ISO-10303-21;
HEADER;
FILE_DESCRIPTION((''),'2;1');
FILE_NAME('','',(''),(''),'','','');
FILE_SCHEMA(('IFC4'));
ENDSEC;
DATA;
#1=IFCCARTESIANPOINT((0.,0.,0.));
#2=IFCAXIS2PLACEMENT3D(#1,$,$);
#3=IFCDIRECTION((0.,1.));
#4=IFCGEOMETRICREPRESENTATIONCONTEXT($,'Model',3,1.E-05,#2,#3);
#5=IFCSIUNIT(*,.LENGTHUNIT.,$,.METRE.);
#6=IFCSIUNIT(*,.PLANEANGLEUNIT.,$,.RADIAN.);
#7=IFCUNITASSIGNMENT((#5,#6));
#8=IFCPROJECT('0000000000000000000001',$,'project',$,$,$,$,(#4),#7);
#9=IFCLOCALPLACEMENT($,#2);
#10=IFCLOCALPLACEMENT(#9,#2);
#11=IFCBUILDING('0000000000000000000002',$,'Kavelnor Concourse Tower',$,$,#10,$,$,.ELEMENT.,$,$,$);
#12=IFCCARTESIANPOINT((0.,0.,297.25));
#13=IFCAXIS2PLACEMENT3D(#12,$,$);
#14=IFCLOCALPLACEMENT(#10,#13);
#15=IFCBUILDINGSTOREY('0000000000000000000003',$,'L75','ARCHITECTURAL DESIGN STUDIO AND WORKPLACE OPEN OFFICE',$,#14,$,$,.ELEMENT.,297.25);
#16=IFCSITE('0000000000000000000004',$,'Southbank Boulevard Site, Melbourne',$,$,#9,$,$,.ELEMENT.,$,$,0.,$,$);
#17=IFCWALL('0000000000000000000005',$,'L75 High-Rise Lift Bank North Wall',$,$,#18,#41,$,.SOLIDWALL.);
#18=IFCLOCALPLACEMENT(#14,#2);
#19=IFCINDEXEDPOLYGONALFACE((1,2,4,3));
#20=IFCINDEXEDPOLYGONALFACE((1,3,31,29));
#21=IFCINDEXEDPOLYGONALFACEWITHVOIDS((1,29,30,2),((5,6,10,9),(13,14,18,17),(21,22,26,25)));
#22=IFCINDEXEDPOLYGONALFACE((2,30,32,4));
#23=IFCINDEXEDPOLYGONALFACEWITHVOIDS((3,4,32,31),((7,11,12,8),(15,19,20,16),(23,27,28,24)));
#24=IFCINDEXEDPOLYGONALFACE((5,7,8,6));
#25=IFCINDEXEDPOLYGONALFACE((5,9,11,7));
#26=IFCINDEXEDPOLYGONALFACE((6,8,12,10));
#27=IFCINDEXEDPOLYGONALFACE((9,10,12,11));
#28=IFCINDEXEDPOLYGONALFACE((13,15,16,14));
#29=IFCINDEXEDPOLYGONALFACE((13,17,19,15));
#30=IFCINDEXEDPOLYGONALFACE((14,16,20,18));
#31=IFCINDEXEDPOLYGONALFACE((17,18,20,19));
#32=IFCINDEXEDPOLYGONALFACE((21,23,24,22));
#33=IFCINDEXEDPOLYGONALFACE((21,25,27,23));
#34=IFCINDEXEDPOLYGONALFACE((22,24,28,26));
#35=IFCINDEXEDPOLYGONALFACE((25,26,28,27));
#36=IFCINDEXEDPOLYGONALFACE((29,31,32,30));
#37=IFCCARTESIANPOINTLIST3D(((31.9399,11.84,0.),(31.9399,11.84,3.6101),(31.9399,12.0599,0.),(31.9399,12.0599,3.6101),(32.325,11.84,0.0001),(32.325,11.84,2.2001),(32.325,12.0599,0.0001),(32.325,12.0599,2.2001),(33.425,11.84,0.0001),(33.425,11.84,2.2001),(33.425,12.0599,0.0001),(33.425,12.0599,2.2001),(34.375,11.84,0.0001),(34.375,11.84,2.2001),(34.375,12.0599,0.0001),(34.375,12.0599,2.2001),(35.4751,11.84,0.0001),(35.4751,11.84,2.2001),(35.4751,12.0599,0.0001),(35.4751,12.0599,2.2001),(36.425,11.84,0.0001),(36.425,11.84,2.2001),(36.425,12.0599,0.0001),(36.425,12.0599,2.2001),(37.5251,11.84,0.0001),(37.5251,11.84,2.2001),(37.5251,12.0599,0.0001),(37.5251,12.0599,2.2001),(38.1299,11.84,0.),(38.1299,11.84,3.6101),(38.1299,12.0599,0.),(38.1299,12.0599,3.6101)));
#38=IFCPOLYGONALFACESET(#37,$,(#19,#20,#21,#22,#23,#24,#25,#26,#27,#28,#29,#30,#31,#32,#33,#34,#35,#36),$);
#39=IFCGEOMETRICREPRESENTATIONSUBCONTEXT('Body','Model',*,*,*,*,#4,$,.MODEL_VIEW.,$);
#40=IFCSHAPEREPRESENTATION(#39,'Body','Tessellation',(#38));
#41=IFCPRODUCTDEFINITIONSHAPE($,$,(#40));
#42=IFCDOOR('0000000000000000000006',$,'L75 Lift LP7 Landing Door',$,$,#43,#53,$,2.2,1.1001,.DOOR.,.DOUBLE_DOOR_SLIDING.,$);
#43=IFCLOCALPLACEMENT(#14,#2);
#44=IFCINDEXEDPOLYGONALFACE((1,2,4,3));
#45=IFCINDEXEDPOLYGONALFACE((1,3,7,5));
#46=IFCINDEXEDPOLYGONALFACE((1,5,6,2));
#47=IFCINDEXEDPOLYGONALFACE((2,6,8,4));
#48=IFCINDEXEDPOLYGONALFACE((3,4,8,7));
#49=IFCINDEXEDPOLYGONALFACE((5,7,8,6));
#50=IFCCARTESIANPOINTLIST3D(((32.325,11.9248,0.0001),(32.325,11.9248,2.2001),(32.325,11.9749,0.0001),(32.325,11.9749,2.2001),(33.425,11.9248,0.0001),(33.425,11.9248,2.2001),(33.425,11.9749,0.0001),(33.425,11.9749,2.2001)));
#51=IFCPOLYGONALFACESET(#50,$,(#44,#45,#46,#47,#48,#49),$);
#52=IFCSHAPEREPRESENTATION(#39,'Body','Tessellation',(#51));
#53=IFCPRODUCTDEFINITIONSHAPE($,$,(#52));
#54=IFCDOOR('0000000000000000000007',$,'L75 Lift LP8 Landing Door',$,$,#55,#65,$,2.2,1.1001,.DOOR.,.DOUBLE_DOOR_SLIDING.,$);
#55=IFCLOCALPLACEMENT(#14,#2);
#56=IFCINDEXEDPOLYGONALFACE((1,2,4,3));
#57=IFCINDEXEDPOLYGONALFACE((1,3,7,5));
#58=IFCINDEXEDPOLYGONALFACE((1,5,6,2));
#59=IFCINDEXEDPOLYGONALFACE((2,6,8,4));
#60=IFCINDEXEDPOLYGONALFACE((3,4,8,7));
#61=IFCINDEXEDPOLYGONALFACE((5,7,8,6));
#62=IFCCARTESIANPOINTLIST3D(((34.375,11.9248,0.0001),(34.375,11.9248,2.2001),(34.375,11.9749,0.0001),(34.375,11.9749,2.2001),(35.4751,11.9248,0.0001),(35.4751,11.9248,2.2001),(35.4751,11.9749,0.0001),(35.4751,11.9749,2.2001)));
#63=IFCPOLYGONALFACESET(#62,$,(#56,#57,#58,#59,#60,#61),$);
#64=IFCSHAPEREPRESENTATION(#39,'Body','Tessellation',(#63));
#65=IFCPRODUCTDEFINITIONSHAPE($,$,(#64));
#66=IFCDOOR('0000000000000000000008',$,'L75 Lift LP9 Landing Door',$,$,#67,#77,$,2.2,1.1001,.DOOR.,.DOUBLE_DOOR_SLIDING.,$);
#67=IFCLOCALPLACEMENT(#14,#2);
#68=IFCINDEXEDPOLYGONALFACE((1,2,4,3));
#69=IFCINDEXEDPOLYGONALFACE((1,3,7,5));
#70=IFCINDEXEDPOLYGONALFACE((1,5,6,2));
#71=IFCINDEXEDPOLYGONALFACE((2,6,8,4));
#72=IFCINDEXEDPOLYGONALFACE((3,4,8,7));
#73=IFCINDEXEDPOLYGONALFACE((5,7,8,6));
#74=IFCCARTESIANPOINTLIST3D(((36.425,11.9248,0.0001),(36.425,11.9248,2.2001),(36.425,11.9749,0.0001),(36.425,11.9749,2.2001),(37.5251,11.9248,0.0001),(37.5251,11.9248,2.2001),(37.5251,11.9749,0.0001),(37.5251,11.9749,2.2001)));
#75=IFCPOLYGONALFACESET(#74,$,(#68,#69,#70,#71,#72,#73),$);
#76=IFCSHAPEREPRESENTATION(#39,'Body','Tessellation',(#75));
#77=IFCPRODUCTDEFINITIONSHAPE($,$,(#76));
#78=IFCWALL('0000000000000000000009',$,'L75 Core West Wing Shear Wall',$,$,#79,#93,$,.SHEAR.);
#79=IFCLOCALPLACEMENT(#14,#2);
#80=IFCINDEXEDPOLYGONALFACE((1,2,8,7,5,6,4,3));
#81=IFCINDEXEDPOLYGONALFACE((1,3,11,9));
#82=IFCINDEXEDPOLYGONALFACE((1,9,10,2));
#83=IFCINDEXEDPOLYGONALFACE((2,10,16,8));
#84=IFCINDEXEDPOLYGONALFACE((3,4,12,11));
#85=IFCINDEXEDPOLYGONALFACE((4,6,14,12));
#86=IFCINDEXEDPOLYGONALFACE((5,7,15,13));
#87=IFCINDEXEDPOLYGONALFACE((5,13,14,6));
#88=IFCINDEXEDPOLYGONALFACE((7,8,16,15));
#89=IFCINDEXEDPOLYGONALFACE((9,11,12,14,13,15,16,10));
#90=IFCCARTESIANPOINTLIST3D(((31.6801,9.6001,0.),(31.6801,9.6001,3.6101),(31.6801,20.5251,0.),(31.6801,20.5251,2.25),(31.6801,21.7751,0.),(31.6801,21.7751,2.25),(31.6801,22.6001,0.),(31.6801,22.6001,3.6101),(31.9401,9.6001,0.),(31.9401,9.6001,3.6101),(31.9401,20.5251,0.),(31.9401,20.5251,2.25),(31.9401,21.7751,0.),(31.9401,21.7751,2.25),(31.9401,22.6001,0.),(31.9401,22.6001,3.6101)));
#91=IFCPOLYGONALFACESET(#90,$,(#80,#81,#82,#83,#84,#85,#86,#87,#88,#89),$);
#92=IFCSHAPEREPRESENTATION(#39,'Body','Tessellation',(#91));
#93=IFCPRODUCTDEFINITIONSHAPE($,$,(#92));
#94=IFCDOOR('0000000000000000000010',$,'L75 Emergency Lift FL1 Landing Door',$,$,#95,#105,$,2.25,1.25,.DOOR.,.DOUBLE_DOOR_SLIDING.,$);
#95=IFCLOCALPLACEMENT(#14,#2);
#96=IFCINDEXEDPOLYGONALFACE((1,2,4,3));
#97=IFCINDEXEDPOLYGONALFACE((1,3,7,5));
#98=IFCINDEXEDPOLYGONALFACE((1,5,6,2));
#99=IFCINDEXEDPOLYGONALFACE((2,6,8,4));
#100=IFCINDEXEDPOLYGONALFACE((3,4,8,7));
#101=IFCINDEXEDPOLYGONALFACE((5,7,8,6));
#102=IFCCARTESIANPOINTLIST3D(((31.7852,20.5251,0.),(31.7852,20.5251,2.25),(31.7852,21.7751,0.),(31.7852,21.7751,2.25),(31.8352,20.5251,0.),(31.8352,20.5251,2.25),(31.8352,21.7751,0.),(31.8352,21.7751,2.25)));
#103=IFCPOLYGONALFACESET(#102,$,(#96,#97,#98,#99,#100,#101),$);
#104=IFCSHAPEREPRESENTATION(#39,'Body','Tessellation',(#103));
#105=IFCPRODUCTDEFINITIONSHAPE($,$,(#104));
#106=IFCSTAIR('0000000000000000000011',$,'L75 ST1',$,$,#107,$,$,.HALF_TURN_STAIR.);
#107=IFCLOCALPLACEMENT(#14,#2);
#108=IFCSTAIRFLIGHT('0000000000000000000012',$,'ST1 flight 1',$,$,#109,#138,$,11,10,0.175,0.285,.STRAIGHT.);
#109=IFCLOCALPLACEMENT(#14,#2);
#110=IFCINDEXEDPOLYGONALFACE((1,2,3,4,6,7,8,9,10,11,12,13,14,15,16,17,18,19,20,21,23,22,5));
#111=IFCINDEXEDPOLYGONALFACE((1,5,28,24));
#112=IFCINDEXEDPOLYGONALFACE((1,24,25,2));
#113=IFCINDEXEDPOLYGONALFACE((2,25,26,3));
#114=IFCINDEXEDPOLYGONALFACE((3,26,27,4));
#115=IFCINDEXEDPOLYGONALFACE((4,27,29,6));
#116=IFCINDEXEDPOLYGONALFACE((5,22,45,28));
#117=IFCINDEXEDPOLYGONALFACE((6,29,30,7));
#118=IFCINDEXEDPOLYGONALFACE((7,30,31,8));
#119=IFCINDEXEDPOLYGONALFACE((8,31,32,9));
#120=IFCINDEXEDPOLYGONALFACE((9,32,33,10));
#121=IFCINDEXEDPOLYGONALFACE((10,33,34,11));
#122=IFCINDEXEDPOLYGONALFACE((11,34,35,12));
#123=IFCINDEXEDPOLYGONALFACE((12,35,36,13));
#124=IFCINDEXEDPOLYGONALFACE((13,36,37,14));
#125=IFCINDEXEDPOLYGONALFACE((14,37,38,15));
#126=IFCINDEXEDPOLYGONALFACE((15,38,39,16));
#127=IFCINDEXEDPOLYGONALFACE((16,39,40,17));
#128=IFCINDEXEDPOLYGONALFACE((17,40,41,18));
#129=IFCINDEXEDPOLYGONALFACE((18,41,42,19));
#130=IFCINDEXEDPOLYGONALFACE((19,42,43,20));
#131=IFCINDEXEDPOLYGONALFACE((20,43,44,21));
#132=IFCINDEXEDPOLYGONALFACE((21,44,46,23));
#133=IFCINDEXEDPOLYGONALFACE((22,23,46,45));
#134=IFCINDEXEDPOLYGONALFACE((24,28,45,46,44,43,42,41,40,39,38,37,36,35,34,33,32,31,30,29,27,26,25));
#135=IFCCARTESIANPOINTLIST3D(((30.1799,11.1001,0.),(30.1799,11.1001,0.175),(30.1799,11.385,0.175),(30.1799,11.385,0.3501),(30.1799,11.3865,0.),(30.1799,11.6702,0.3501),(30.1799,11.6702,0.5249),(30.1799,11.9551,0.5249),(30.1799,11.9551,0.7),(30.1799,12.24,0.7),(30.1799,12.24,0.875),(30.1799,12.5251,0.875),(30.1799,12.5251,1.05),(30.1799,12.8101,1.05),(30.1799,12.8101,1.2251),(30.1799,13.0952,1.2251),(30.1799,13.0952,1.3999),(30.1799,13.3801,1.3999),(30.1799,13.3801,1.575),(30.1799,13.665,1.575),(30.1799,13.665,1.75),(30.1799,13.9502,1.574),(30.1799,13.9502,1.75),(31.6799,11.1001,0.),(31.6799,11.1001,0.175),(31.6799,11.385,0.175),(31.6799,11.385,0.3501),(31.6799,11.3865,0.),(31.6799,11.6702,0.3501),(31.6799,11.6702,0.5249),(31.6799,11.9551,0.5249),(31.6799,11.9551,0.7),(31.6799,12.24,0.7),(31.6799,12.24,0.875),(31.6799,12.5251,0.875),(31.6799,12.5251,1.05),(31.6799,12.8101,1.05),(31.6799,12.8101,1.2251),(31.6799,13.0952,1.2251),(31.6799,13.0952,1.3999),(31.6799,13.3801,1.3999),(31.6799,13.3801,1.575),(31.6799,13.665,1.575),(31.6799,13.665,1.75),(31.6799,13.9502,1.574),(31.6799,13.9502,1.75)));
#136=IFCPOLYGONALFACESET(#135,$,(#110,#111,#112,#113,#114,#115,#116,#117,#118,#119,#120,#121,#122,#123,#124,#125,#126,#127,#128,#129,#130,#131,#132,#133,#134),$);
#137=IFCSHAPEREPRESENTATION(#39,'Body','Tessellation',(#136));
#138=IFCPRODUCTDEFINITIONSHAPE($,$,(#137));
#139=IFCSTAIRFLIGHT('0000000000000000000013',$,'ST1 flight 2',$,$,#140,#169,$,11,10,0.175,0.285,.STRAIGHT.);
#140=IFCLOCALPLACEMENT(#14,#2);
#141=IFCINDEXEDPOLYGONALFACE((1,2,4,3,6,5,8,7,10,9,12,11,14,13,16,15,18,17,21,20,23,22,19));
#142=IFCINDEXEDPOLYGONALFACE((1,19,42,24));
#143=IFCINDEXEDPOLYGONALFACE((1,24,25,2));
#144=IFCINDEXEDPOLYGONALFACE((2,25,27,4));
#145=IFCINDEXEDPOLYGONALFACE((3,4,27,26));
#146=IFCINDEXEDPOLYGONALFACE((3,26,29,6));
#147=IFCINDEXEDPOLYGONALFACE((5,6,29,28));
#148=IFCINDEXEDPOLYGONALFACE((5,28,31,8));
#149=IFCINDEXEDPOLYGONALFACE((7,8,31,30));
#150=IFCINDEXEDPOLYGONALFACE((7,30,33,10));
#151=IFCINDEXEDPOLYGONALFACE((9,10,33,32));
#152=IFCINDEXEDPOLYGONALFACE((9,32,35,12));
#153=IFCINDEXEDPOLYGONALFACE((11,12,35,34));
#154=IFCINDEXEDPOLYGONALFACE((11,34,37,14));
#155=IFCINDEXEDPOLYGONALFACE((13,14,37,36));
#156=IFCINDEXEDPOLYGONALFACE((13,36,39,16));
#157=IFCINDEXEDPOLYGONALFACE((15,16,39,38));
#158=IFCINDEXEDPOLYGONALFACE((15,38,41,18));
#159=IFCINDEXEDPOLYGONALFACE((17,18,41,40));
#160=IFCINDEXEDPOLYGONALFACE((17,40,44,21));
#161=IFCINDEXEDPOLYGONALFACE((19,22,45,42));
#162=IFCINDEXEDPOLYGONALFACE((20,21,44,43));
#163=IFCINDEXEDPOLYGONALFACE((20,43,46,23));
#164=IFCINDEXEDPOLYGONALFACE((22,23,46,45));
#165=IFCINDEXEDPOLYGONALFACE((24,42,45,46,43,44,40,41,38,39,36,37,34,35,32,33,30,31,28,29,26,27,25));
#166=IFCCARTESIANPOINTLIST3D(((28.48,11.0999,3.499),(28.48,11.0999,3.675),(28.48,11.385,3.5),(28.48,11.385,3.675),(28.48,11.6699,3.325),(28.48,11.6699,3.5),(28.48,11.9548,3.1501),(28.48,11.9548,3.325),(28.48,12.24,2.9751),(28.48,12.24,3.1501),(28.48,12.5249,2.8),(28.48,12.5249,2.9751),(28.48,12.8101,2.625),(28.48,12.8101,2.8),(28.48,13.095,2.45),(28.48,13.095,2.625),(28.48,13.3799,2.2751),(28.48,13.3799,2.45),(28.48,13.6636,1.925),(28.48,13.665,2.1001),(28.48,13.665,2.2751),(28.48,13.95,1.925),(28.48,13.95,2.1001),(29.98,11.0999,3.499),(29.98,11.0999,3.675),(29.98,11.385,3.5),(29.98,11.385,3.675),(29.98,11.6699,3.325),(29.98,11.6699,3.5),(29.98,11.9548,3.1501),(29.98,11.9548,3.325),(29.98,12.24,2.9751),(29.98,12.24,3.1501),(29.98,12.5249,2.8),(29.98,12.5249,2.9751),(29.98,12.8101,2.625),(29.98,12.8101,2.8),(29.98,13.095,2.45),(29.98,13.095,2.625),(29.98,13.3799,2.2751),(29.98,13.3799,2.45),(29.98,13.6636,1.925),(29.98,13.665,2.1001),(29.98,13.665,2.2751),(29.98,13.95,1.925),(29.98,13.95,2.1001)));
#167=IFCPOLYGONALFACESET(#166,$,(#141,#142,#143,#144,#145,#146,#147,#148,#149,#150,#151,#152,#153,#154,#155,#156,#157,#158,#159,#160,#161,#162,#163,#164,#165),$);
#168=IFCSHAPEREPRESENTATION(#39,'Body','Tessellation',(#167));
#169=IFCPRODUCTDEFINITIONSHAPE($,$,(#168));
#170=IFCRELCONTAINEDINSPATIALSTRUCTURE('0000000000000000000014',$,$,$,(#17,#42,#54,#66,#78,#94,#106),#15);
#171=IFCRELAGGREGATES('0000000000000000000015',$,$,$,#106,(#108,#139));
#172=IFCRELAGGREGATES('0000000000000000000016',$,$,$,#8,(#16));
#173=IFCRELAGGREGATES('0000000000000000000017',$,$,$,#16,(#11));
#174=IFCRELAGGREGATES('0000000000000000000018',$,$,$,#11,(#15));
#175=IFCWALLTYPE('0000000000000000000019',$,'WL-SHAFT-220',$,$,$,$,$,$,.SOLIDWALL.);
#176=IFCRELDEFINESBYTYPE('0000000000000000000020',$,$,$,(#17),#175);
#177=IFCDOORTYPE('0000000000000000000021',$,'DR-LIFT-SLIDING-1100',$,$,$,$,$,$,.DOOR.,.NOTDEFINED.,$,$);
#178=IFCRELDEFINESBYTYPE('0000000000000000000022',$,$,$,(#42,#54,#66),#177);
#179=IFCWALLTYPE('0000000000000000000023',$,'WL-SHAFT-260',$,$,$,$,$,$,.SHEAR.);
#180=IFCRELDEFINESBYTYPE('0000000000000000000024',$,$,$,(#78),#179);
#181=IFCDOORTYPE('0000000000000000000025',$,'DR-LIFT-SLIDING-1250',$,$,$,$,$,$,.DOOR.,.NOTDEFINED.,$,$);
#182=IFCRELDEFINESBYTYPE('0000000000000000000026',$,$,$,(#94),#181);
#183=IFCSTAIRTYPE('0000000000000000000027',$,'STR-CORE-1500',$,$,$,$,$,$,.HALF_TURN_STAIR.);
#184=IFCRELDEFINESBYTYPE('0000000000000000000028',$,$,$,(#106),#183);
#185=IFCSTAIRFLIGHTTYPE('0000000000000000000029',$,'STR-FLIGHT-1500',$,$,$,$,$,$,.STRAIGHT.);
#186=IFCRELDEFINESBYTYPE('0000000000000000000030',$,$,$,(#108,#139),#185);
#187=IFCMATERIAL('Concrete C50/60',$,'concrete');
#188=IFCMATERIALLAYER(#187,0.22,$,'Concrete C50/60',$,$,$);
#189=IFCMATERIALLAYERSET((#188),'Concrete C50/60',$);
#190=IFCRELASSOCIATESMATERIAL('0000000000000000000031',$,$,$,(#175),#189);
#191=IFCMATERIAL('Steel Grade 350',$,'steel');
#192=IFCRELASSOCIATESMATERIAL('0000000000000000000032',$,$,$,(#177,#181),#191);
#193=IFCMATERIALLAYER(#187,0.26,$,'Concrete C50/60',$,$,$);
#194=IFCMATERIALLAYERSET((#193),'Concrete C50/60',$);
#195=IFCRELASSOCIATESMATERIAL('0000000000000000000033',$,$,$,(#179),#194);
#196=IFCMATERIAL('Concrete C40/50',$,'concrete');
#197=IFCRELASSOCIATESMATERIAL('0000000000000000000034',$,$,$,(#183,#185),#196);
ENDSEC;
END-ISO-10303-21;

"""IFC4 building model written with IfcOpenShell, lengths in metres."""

from ifc_helpers import new_model, si_unit, direction, frame, frame_2d, origin, place, context, subcontext, project, spatial, polyline, rectangle, outline, extrude, material, layer, layer_set, type_object, element, fill, aggregate, save


model = new_model("IFC4")

# Units and contexts
model_context = context("Model", 3, precision=1e-05, world=origin(), true_north=direction((0.0, 1.0)))
body_context = subcontext(model_context, "Body", "Model", "MODEL_VIEW")
ifc_project = project(units=[si_unit("LENGTHUNIT", "METRE"), si_unit("PLANEANGLEUNIT", "RADIAN")], contexts=[model_context])

# Site, building, storey
site_placement = place(None, origin())
site = spatial("IfcSite", under=ifc_project, at=site_placement, Name="Southbank Boulevard Site, Melbourne", CompositionType="ELEMENT", RefElevation=0.0)
building_placement = place(site_placement, origin())
building = spatial("IfcBuilding", under=site, at=building_placement, Name="Kavelnor Concourse Tower", CompositionType="ELEMENT")
storey_placement = place(building_placement, frame((0.0, 0.0, 297.25)))
storey = spatial("IfcBuildingStorey", under=building, at=storey_placement, Name="L75", Description="ARCHITECTURAL DESIGN STUDIO AND WORKPLACE OPEN OFFICE", CompositionType="ELEMENT", Elevation=297.25)

# Shared definitions
ifc_material_1 = material(Name="Steel Grade 350", Category="steel")

# Shared definitions
ifc_material_2 = material(Name="Concrete C50/60", Category="concrete")

# Wall, openings, doors
ifc_layer_1 = layer(ifc_material_2, 0.22, Name="Concrete C50/60")
ifc_layer_set_1 = layer_set([ifc_layer_1], Name="Concrete C50/60")
wall_type_1 = type_object("IfcWallType", Name="WL-SHAFT-220", PredefinedType="SOLIDWALL", material=ifc_layer_set_1)
wall_1_placement = place(storey_placement, frame((31.9399, 11.95, 0.0), z_axis=(0.0, 0.0, 1.0), x_axis=(1.0, 0.0, 0.0)))
wall_1 = element("IfcWall", 1, at=wall_1_placement, inside=storey, type_object=wall_type_1, Name="L75 High-Rise Lift Bank North Wall", PredefinedType="SOLIDWALL", context=body_context, shape_type="SweptSolid", body=[
    extrude(rectangle(XDim=6.1899, YDim=0.22, at=frame_2d((3.095, 0.0))), origin(), (0.0, 0.0, 1.0), 3.6101),
])
opening_1_placement = place(wall_1_placement, frame((0.385, 0.0, 0.0)))
opening_1 = element("IfcOpeningElement", 2, at=opening_1_placement, cuts=wall_1, PredefinedType="OPENING", context=body_context, shape_type="SweptSolid", body=[
    extrude(rectangle(XDim=1.1001, YDim=2.2, at=frame_2d((0.55, 1.1001))), frame((0.0, 0.1201, 0.0), z_axis=(0.0, -1.0, 0.0), x_axis=(1.0, 0.0, 0.0)), (0.0, 0.0, 1.0), 0.24),
])
opening_2_placement = place(wall_1_placement, frame((2.4351, 0.0, 0.0)))
opening_2 = element("IfcOpeningElement", 3, at=opening_2_placement, cuts=wall_1, PredefinedType="OPENING", context=body_context, shape_type="SweptSolid", body=[
    extrude(rectangle(XDim=1.1001, YDim=2.2, at=frame_2d((0.55, 1.1001))), frame((0.0, 0.1201, 0.0), z_axis=(0.0, -1.0, 0.0), x_axis=(1.0, 0.0, 0.0)), (0.0, 0.0, 1.0), 0.24),
])
opening_3_placement = place(wall_1_placement, frame((4.4851, 0.0, 0.0)))
opening_3 = element("IfcOpeningElement", 4, at=opening_3_placement, cuts=wall_1, PredefinedType="OPENING", context=body_context, shape_type="SweptSolid", body=[
    extrude(rectangle(XDim=1.1001, YDim=2.2, at=frame_2d((0.55, 1.1001))), frame((0.0, 0.1201, 0.0), z_axis=(0.0, -1.0, 0.0), x_axis=(1.0, 0.0, 0.0)), (0.0, 0.0, 1.0), 0.24),
])
door_type_1 = type_object("IfcDoorType", Name="DR-LIFT-SLIDING-1100", OperationType="NOTDEFINED", PredefinedType="DOOR", material=ifc_material_1)
door_1_placement = place(opening_1_placement, origin())
door_1 = element("IfcDoor", 5, at=door_1_placement, inside=storey, type_object=door_type_1, Name="L75 Lift LP7 Landing Door", OperationType="DOUBLE_DOOR_SLIDING", OverallHeight=2.2, OverallWidth=1.1001, PredefinedType="DOOR", context=body_context, shape_type="SweptSolid", body=[
    extrude(rectangle(XDim=1.1001, YDim=2.2, at=frame_2d((0.55, 1.1001))), frame((0.0, 0.0249, 0.0), z_axis=(0.0, -1.0, 0.0), x_axis=(1.0, 0.0, 0.0)), (0.0, 0.0, 1.0), 0.05),
])
fill(opening_1, door_1)
door_2_placement = place(opening_2_placement, origin())
door_2 = element("IfcDoor", 6, at=door_2_placement, inside=storey, type_object=door_type_1, Name="L75 Lift LP8 Landing Door", OperationType="DOUBLE_DOOR_SLIDING", OverallHeight=2.2, OverallWidth=1.1001, PredefinedType="DOOR", context=body_context, shape_type="SweptSolid", body=[
    extrude(rectangle(XDim=1.1001, YDim=2.2, at=frame_2d((0.55, 1.1001))), frame((0.0, 0.0249, 0.0), z_axis=(0.0, -1.0, 0.0), x_axis=(1.0, 0.0, 0.0)), (0.0, 0.0, 1.0), 0.05),
])
fill(opening_2, door_2)
door_3_placement = place(opening_3_placement, origin())
door_3 = element("IfcDoor", 7, at=door_3_placement, inside=storey, type_object=door_type_1, Name="L75 Lift LP9 Landing Door", OperationType="DOUBLE_DOOR_SLIDING", OverallHeight=2.2, OverallWidth=1.1001, PredefinedType="DOOR", context=body_context, shape_type="SweptSolid", body=[
    extrude(rectangle(XDim=1.1001, YDim=2.2, at=frame_2d((0.55, 1.1001))), frame((0.0, 0.0249, 0.0), z_axis=(0.0, -1.0, 0.0), x_axis=(1.0, 0.0, 0.0)), (0.0, 0.0, 1.0), 0.05),
])
fill(opening_3, door_3)

# Wall, opening, door
ifc_layer_2 = layer(ifc_material_2, 0.26, Name="Concrete C50/60")
ifc_layer_set_2 = layer_set([ifc_layer_2], Name="Concrete C50/60")
wall_type_2 = type_object("IfcWallType", Name="WL-SHAFT-260", PredefinedType="SHEAR", material=ifc_layer_set_2)
wall_2_placement = place(storey_placement, frame((31.8101, 9.6001, 0.0), z_axis=(0.0, 0.0, 1.0), x_axis=(0.0, 1.0, 0.0)))
wall_2 = element("IfcWall", 8, at=wall_2_placement, inside=storey, type_object=wall_type_2, Name="L75 Core West Wing Shear Wall", PredefinedType="SHEAR", context=body_context, shape_type="SweptSolid", body=[
    extrude(rectangle(XDim=13.0, YDim=0.26, at=frame_2d((6.5, 0.0))), origin(), (0.0, 0.0, 1.0), 3.6101),
])
opening_4_placement = place(wall_2_placement, frame((10.925, 0.0, 0.0)))
opening_4 = element("IfcOpeningElement", 9, at=opening_4_placement, cuts=wall_2, PredefinedType="OPENING", context=body_context, shape_type="SweptSolid", body=[
    extrude(rectangle(XDim=1.25, YDim=2.25, at=frame_2d((0.625, 1.125))), frame((0.0, 0.1401, 0.0), z_axis=(0.0, -1.0, 0.0), x_axis=(1.0, 0.0, 0.0)), (0.0, 0.0, 1.0), 0.28),
])
door_type_2 = type_object("IfcDoorType", Name="DR-LIFT-SLIDING-1250", OperationType="NOTDEFINED", PredefinedType="DOOR", material=ifc_material_1)
door_4_placement = place(opening_4_placement, origin())
door_4 = element("IfcDoor", 10, at=door_4_placement, inside=storey, type_object=door_type_2, Name="L75 Emergency Lift FL1 Landing Door", OperationType="DOUBLE_DOOR_SLIDING", OverallHeight=2.25, OverallWidth=1.25, PredefinedType="DOOR", context=body_context, shape_type="SweptSolid", body=[
    extrude(rectangle(XDim=1.25, YDim=2.25, at=frame_2d((0.625, 1.125))), frame((0.0, 0.0249, 0.0), z_axis=(0.0, -1.0, 0.0), x_axis=(1.0, 0.0, 0.0)), (0.0, 0.0, 1.0), 0.05),
])
fill(opening_4, door_4)

# Stair, stair flights
ifc_material_3 = material(Name="Concrete C40/50", Category="concrete")
stair_type = type_object("IfcStairType", Name="STR-CORE-1500", PredefinedType="HALF_TURN_STAIR", material=ifc_material_3)
stair_placement = place(storey_placement, origin())
stair = element("IfcStair", 11, at=stair_placement, inside=storey, type_object=stair_type, Name="L75 ST1", PredefinedType="HALF_TURN_STAIR")
stair_flight_type = type_object("IfcStairFlightType", Name="STR-FLIGHT-1500", PredefinedType="STRAIGHT", material=ifc_material_3)
stair_flight_1_placement = place(storey_placement, frame((30.9299, 11.1001, 0.0), z_axis=(0.0, 0.0, 1.0), x_axis=(0.0, 1.0, 0.0)))
stair_flight_1 = element("IfcStairFlight", 12, at=stair_flight_1_placement, type_object=stair_flight_type, Name="ST1 flight 1", NumberOfRisers=11, NumberOfTreads=10, PredefinedType="STRAIGHT", RiserHeight=0.175, TreadLength=0.285, context=body_context, shape_type="SweptSolid", body=[
    extrude(outline(polyline([(0.0, 0.0), (0.0, 0.175), (0.2849, 0.175), (0.2849, 0.3501), (0.5701, 0.3501), (0.5701, 0.5249), (0.855, 0.5249), (0.855, 0.7), (1.1399, 0.7), (1.1399, 0.875), (1.425, 0.875), (1.425, 1.05), (1.71, 1.05), (1.71, 1.2251), (1.9951, 1.2251), (1.9951, 1.3999), (2.28, 1.3999), (2.28, 1.575), (2.5649, 1.575), (2.5649, 1.75), (2.8501, 1.75), (2.8501, 1.925), (2.8501, 1.574), (0.2864, 0.0), (0.0, 0.0)])), frame((0.0, 0.75, 0.0), z_axis=(0.0, -1.0, 0.0), x_axis=(1.0, 0.0, 0.0)), (0.0, 0.0, 1.0), 1.5),
])
stair_flight_2_placement = place(storey_placement, frame((29.23, 13.95, 1.925), z_axis=(0.0, 0.0, 1.0), x_axis=(0.0, -1.0, 0.0)))
stair_flight_2 = element("IfcStairFlight", 13, at=stair_flight_2_placement, type_object=stair_flight_type, Name="ST1 flight 2", NumberOfRisers=11, NumberOfTreads=10, PredefinedType="STRAIGHT", RiserHeight=0.175, TreadLength=0.285, context=body_context, shape_type="SweptSolid", body=[
    extrude(outline(polyline([(0.0, 0.0), (0.0, 0.175), (0.2849, 0.175), (0.2849, 0.3501), (0.5701, 0.3501), (0.5701, 0.5249), (0.855, 0.5249), (0.855, 0.7), (1.1399, 0.7), (1.1399, 0.875), (1.425, 0.875), (1.425, 1.05), (1.71, 1.05), (1.71, 1.2251), (1.9951, 1.2251), (1.9951, 1.3999), (2.28, 1.3999), (2.28, 1.575), (2.5649, 1.575), (2.5649, 1.75), (2.8501, 1.75), (2.8501, 1.925), (2.8501, 1.574), (0.2864, 0.0), (0.0, 0.0)])), frame((0.0, 0.75, 0.0), z_axis=(0.0, -1.0, 0.0), x_axis=(1.0, 0.0, 0.0)), (0.0, 0.0, 1.0), 1.5),
])
aggregate(stair, [stair_flight_1, stair_flight_2])

save(model, "model.ifc")
